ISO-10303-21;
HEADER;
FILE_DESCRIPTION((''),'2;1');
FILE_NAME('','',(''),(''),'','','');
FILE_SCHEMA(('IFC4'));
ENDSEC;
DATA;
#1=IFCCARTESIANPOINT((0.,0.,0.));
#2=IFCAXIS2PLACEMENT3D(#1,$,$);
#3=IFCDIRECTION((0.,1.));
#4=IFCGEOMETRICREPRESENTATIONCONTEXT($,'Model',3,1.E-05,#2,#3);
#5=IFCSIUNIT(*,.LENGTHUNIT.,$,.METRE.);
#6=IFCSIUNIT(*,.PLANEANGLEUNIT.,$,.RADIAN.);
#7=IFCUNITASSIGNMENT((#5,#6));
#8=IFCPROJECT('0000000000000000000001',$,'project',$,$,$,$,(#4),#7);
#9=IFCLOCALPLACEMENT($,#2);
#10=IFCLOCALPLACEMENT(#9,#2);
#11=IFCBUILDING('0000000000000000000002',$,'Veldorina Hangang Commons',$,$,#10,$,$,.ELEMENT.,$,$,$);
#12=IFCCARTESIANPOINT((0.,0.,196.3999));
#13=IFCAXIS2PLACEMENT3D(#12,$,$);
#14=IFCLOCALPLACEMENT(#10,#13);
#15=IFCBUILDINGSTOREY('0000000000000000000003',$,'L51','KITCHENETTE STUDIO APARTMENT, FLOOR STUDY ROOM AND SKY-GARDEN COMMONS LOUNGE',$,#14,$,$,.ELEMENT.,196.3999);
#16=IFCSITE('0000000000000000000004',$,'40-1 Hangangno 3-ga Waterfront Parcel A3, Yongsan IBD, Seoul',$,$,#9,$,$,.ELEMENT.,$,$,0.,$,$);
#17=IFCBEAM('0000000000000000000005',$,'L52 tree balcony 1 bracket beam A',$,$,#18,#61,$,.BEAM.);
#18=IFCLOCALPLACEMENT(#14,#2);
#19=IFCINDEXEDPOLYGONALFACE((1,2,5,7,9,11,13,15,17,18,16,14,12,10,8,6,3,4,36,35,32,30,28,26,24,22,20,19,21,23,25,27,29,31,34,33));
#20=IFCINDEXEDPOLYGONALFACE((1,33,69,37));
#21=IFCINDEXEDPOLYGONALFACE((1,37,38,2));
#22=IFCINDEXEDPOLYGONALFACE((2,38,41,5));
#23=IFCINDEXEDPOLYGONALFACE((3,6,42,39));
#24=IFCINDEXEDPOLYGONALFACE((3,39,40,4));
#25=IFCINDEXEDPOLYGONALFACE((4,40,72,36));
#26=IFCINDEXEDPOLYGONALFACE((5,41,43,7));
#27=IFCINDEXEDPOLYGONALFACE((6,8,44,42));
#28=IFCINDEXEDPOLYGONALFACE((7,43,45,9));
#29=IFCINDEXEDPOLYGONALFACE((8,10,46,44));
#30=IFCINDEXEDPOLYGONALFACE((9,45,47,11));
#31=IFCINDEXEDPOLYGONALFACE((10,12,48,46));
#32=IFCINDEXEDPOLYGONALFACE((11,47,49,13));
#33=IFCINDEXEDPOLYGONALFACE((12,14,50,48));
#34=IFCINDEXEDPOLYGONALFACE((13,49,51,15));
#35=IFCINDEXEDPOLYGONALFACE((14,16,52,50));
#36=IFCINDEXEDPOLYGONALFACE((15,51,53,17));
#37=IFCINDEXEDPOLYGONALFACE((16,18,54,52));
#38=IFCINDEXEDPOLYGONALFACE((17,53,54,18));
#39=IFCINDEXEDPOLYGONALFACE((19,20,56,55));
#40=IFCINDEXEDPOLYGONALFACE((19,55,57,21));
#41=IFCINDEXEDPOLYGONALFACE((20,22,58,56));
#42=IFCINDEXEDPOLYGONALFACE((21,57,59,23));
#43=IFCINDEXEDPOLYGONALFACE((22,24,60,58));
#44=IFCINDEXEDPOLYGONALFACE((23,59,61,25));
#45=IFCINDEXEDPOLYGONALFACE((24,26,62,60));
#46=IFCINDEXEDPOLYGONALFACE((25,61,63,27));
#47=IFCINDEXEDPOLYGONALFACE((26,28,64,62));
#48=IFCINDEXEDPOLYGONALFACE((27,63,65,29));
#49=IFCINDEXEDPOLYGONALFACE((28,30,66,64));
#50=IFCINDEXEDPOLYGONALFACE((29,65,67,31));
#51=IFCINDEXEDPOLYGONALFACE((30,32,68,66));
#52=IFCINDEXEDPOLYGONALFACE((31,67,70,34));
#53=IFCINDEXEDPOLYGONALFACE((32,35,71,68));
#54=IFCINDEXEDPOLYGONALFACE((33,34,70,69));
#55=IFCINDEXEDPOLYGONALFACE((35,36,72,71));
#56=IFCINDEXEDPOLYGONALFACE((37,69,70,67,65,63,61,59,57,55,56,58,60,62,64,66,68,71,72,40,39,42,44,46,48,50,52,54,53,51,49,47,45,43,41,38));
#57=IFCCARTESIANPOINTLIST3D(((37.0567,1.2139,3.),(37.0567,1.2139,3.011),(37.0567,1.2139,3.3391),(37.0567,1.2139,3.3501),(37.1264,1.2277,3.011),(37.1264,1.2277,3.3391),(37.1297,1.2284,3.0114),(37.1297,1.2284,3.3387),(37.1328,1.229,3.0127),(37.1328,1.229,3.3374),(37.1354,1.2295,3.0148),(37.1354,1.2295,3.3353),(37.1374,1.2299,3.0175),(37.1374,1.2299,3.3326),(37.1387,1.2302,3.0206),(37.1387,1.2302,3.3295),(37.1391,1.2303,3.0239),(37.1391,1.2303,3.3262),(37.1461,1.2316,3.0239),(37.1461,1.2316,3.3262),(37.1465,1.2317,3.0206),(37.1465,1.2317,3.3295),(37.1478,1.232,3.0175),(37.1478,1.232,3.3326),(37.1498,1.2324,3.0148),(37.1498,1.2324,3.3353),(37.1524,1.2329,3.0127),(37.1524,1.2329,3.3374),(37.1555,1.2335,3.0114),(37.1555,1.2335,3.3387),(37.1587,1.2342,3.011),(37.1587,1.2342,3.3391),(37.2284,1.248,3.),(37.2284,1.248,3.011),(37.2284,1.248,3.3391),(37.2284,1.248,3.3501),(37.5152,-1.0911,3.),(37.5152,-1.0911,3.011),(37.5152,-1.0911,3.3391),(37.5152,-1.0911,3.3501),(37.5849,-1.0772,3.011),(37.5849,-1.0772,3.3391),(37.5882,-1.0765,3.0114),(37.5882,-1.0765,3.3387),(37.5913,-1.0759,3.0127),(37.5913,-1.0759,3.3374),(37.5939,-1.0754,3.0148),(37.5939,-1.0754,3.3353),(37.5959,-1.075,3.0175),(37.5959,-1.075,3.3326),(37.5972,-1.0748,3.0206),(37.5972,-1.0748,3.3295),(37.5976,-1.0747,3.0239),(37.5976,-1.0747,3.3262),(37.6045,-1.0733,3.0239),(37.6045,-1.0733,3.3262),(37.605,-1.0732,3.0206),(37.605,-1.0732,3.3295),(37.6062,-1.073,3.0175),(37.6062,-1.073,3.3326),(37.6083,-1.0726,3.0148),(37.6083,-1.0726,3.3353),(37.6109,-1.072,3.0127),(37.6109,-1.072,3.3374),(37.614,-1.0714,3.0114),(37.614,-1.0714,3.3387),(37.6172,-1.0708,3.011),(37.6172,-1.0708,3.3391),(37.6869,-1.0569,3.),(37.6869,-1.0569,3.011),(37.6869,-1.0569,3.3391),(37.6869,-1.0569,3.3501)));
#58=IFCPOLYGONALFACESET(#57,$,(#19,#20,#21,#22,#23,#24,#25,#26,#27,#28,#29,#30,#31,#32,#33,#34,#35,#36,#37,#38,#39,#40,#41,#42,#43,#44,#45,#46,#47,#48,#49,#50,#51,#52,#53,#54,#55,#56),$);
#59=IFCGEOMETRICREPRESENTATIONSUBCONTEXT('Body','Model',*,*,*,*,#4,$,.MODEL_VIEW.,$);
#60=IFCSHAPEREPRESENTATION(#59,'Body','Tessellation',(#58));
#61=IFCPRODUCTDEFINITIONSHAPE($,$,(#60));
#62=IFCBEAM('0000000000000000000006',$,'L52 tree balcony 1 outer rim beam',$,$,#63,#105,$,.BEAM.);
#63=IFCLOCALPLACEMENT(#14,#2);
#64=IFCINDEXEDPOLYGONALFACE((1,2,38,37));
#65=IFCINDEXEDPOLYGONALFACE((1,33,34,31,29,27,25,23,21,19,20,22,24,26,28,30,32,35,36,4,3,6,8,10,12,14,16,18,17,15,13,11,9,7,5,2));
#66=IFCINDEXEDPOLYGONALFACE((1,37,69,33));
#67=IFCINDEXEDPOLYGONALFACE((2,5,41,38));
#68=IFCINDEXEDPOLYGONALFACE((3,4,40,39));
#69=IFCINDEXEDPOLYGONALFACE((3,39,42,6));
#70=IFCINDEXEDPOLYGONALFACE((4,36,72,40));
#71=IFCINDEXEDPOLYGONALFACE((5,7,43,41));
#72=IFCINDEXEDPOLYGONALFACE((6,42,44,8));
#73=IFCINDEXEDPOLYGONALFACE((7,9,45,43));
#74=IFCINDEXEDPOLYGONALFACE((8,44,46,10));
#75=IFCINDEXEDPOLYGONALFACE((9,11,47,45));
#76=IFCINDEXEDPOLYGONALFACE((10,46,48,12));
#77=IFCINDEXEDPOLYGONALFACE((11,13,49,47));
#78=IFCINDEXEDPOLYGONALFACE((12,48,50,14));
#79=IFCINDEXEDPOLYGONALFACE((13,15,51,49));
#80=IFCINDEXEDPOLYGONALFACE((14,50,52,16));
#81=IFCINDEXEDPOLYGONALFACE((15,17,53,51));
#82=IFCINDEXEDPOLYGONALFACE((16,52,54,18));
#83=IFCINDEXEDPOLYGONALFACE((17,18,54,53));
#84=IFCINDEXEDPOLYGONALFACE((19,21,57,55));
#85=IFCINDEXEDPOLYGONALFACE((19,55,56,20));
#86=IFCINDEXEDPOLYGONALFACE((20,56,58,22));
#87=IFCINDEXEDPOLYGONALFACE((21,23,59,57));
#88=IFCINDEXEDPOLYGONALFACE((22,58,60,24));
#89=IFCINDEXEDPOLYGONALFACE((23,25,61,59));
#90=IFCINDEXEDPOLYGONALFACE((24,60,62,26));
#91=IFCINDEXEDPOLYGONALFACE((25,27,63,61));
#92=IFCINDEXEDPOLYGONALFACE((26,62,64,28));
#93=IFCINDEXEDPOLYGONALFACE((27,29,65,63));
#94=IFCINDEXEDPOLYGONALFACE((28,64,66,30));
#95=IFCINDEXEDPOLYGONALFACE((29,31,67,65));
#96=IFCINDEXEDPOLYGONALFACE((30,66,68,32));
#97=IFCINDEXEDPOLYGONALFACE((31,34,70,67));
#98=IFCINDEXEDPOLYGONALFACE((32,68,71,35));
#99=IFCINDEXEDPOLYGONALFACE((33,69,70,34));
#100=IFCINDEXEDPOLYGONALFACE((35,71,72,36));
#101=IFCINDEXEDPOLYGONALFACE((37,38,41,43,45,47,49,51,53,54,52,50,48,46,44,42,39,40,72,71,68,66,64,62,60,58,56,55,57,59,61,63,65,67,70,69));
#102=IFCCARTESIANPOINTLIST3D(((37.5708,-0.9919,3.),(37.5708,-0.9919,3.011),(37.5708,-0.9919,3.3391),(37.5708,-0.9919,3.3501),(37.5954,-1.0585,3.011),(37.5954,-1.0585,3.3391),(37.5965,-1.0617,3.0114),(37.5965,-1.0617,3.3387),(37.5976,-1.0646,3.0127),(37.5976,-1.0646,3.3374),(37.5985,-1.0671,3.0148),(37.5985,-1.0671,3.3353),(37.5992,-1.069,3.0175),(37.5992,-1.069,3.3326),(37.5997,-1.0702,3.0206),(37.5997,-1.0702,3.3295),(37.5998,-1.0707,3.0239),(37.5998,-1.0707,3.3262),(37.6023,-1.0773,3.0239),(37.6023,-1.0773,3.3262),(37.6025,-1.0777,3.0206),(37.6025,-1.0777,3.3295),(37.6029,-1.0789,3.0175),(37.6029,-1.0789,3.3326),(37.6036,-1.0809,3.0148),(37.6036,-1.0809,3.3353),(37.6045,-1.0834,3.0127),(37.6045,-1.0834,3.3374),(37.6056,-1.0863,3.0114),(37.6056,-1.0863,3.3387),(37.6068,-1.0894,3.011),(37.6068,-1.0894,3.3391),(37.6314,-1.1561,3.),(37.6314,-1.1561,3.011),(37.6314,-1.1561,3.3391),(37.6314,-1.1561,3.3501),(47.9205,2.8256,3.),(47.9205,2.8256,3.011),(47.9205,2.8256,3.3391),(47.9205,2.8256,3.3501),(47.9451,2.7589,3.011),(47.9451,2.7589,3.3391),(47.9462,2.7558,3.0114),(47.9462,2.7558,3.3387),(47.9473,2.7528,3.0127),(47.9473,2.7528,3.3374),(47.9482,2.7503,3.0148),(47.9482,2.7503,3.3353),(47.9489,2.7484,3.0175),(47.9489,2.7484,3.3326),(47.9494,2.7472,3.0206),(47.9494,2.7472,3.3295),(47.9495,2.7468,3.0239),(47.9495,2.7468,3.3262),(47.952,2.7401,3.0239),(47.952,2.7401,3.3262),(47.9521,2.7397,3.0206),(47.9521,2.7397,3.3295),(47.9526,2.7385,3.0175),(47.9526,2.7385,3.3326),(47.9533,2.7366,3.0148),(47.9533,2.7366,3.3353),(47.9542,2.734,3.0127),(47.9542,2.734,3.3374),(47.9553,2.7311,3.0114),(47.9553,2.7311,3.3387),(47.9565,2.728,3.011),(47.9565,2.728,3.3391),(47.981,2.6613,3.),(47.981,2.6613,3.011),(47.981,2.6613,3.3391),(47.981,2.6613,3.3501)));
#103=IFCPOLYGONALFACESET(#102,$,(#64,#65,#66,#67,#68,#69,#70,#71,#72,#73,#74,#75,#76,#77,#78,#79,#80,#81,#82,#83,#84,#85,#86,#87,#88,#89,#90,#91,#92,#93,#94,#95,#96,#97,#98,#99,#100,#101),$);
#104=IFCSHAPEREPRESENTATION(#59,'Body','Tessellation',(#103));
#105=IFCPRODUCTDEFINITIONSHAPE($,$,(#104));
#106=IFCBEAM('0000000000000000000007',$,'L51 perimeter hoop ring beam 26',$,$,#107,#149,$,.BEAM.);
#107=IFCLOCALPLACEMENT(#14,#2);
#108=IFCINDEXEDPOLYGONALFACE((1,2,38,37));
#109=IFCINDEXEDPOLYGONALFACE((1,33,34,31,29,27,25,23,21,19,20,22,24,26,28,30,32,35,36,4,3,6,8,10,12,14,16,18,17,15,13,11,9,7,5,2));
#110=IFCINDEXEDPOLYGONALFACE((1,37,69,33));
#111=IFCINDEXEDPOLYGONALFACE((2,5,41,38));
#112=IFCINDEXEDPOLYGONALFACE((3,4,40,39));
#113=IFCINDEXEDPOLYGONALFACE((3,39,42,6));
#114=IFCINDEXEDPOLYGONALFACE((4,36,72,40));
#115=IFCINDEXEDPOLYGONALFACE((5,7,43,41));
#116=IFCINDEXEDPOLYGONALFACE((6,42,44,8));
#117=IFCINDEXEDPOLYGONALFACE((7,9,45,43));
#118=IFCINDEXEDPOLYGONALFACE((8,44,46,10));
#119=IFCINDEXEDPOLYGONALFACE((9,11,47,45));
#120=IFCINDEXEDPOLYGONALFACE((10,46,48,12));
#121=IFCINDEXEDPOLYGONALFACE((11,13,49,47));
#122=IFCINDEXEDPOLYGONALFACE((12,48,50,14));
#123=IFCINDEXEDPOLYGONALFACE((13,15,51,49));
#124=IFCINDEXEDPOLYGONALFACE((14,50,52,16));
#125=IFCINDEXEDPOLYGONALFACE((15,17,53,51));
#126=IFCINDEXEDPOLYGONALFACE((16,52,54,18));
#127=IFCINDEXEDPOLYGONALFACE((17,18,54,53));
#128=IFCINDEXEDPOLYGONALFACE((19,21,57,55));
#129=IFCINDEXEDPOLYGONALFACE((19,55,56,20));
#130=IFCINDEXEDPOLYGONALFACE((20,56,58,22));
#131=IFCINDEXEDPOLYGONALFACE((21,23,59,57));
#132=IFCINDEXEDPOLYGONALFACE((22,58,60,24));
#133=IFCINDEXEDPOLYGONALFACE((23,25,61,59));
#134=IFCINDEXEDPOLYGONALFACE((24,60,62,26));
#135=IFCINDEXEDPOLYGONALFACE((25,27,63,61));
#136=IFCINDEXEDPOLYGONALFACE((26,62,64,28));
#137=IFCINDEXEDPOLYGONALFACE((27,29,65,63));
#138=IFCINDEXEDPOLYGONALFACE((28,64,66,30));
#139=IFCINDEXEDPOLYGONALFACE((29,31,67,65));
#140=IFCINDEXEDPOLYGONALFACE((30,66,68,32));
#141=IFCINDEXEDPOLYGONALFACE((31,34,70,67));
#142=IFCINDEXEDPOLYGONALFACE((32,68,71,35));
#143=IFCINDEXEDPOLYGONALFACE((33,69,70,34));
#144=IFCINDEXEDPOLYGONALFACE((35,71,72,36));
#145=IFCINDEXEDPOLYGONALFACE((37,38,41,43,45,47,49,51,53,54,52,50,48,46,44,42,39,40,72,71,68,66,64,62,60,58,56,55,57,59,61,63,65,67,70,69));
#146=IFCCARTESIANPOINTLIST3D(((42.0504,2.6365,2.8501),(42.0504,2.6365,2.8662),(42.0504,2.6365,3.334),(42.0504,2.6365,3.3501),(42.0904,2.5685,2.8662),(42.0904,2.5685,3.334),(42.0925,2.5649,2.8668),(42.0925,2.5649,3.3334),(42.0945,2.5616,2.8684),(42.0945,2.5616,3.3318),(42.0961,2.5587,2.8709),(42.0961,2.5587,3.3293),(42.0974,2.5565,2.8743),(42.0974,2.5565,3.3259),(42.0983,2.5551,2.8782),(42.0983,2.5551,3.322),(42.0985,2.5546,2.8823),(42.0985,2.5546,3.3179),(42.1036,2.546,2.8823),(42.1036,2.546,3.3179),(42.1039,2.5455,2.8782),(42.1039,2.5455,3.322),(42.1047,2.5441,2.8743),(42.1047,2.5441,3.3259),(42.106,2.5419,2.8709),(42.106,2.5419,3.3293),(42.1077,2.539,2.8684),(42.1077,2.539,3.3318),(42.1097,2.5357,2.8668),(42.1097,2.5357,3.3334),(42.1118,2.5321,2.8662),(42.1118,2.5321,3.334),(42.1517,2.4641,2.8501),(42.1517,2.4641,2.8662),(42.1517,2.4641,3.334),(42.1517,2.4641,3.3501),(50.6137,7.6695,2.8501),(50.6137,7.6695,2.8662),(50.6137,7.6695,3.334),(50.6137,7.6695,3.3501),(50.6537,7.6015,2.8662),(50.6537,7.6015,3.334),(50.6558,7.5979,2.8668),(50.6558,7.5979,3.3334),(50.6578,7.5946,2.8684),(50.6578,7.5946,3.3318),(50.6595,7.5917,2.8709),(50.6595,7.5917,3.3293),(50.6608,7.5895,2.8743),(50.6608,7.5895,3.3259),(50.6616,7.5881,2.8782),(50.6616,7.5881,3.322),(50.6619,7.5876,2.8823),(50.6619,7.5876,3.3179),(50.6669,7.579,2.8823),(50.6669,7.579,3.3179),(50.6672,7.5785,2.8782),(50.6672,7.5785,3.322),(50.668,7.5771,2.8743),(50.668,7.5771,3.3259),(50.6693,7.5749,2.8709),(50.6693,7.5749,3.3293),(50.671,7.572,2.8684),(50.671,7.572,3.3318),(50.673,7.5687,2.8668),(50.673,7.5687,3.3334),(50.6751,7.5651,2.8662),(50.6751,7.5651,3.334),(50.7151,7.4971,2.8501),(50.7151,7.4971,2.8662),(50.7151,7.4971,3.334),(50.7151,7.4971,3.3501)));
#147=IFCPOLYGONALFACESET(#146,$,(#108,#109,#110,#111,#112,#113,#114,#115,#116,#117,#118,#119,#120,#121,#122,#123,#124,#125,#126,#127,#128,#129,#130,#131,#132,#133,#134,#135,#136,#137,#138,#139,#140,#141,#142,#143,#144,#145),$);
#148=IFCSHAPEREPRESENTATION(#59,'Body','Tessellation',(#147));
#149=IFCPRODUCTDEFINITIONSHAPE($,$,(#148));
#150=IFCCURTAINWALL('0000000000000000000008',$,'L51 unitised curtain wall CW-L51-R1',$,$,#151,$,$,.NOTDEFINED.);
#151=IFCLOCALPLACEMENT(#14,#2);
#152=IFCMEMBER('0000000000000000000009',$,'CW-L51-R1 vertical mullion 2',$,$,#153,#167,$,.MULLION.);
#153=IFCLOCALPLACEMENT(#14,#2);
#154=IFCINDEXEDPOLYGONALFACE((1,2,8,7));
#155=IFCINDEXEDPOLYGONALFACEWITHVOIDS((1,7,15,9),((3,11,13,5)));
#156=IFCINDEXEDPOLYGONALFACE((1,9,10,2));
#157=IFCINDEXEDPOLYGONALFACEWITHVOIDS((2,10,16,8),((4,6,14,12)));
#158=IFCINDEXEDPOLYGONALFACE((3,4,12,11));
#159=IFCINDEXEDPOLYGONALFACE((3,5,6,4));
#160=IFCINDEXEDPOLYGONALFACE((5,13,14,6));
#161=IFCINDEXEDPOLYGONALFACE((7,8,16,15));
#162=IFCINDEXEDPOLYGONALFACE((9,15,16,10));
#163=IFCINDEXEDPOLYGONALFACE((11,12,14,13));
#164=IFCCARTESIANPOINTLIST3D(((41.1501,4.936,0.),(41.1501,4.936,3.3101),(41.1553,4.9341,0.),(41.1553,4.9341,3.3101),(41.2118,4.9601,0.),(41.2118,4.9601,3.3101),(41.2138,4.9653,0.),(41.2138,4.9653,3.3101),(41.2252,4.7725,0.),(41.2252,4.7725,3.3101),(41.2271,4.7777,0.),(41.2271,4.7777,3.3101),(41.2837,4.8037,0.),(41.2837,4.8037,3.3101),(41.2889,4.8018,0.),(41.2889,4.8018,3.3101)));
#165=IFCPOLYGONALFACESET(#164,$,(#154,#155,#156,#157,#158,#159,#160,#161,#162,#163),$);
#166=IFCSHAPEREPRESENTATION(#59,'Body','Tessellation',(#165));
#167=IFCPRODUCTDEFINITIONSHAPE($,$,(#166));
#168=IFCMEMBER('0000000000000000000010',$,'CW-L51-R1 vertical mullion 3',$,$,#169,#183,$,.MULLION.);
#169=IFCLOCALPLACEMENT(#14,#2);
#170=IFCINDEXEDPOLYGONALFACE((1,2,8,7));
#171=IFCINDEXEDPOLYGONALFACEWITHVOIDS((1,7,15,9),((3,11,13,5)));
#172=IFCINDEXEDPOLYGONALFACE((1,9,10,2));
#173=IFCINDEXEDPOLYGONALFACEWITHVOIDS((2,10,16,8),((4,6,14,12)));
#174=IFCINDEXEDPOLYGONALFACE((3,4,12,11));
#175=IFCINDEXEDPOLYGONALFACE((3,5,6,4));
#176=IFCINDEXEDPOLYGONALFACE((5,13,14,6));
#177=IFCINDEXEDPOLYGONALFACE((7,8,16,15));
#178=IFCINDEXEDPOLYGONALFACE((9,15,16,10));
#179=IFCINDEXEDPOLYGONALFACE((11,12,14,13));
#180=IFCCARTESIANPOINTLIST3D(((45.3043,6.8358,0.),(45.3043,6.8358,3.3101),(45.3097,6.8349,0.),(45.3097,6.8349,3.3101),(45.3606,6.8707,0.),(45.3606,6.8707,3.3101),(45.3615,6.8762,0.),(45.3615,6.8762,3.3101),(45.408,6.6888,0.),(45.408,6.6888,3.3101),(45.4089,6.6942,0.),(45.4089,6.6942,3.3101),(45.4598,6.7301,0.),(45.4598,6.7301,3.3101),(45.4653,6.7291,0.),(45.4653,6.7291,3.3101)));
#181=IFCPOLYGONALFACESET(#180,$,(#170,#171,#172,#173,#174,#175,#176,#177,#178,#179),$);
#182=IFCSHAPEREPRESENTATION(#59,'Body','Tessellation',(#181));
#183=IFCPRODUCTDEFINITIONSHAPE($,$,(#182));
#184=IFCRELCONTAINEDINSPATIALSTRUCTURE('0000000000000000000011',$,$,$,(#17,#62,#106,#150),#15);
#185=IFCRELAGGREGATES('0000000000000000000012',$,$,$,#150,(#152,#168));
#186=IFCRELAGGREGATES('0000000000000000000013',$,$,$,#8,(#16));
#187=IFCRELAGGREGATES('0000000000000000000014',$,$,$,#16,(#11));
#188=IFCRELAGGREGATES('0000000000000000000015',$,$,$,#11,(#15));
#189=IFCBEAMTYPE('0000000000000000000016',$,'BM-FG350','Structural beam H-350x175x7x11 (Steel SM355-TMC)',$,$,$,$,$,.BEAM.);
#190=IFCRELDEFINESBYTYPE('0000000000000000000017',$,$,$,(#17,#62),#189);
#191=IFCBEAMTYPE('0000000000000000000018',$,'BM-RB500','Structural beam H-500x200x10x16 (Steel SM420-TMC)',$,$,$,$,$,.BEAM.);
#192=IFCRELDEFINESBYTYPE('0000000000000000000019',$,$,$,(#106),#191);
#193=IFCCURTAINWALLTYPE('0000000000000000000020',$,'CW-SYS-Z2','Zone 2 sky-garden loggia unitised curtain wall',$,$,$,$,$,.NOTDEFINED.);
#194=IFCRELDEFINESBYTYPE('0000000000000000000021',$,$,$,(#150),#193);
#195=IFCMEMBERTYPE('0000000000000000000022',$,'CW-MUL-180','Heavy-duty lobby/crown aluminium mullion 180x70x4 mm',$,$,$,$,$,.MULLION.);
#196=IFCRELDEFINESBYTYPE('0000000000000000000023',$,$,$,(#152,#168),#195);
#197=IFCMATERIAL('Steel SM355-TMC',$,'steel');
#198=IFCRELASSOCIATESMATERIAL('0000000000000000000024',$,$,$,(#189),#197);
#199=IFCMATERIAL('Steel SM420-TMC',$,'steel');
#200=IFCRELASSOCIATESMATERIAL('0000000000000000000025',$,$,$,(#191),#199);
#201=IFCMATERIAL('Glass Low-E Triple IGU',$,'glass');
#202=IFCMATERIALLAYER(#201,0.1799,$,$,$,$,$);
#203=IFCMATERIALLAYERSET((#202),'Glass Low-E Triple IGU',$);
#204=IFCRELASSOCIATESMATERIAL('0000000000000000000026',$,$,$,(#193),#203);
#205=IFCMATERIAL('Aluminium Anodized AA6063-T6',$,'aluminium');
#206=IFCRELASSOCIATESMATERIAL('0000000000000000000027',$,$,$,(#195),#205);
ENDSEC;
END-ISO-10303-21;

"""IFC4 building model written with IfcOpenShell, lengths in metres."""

from ifc_helpers import new_model, si_unit, direction, frame, origin, origin_2d, place, context, subcontext, project, spatial, hollow_rectangle, i_section, extrude, material, layer, layer_set, material_profile, profile_set, type_object, element, aggregate, save


model = new_model("IFC4")

# Units and contexts
model_context = context("Model", 3, precision=1e-05, world=origin(), true_north=direction((0.0, 1.0)))
body_context = subcontext(model_context, "Body", "Model", "MODEL_VIEW")
ifc_project = project(units=[si_unit("LENGTHUNIT", "METRE"), si_unit("PLANEANGLEUNIT", "RADIAN")], contexts=[model_context])

# Site, building, storey
site_placement = place(None, origin())
site = spatial("IfcSite", under=ifc_project, at=site_placement, Name="40-1 Hangangno 3-ga Waterfront Parcel A3, Yongsan IBD, Seoul", CompositionType="ELEMENT", RefElevation=0.0)
building_placement = place(site_placement, origin())
building = spatial("IfcBuilding", under=site, at=building_placement, Name="Veldorina Hangang Commons", CompositionType="ELEMENT")
storey_placement = place(building_placement, frame((0.0, 0.0, 196.3999)))
storey = spatial("IfcBuildingStorey", under=building, at=storey_placement, Name="L51", Description="KITCHENETTE STUDIO APARTMENT, FLOOR STUDY ROOM AND SKY-GARDEN COMMONS LOUNGE", CompositionType="ELEMENT", Elevation=196.3999)

# Beams
ifc_material_1 = material(Name="Steel SM355-TMC", Category="steel")
ifc_material_profile_1 = material_profile(ifc_material_1, i_section(OverallWidth=0.175, OverallDepth=0.3501, WebThickness=0.0071, FlangeThickness=0.011, FilletRadius=0.0129, at=origin_2d()), Name="H-350x175x7x11")
ifc_profile_set_1 = profile_set([ifc_material_profile_1], Name="Steel SM355-TMC")
beam_type_1 = type_object("IfcBeamType", Name="BM-FG350", Description="Structural beam H-350x175x7x11 (Steel SM355-TMC)", PredefinedType="BEAM", material=ifc_profile_set_1)
beam_1_placement = place(storey_placement, frame((37.1426, 1.231, 3.175), z_axis=(0.195097, -0.980784, 0.0), x_axis=(0.980784, 0.195097, 0.0)))
element("IfcBeam", 1, at=beam_1_placement, inside=storey, type_object=beam_type_1, Name="L52 tree balcony 1 bracket beam A", PredefinedType="BEAM", context=body_context, shape_type="SweptSolid", body=[
    extrude(i_section(OverallWidth=0.175, OverallDepth=0.3501, WebThickness=0.0071, FlangeThickness=0.011, FilletRadius=0.0129, at=origin_2d()), origin(), (0.0, 0.0, 1.0), 2.3501),
])
beam_2_placement = place(storey_placement, frame((37.6011, -1.074, 3.175), z_axis=(0.938215, 0.346054, 0.0), x_axis=(-0.346054, 0.938215, 0.0)))
element("IfcBeam", 2, at=beam_2_placement, inside=storey, type_object=beam_type_1, Name="L52 tree balcony 1 outer rim beam", PredefinedType="BEAM", context=body_context, shape_type="SweptSolid", body=[
    extrude(i_section(OverallWidth=0.175, OverallDepth=0.3501, WebThickness=0.0071, FlangeThickness=0.011, FilletRadius=0.0129, at=origin_2d()), origin(), (0.0, 0.0, 1.0), 11.0312),
])
ifc_material_2 = material(Name="Steel SM420-TMC", Category="steel")
ifc_material_profile_2 = material_profile(ifc_material_2, i_section(OverallWidth=0.2, OverallDepth=0.5, WebThickness=0.01, FlangeThickness=0.0161, FilletRadius=0.0161, at=origin_2d()), Name="H-500x200x10x16")
ifc_profile_set_2 = profile_set([ifc_material_profile_2], Name="Steel SM420-TMC")
beam_type_2 = type_object("IfcBeamType", Name="BM-RB500", Description="Structural beam H-500x200x10x16 (Steel SM420-TMC)", PredefinedType="BEAM", material=ifc_profile_set_2)
beam_3_placement = place(storey_placement, frame((42.1011, 2.5503, 3.1001), z_axis=(0.862121, 0.506703, 0.0), x_axis=(-0.506703, 0.862121, 0.0)))
element("IfcBeam", 3, at=beam_3_placement, inside=storey, type_object=beam_type_2, Name="L51 perimeter hoop ring beam 26", PredefinedType="BEAM", context=body_context, shape_type="SweptSolid", body=[
    extrude(i_section(OverallWidth=0.2, OverallDepth=0.5, WebThickness=0.01, FlangeThickness=0.0161, FilletRadius=0.0161, at=origin_2d()), origin(), (0.0, 0.0, 1.0), 9.9329),
])

# Curtain wall, members
ifc_material_3 = material(Name="Glass Low-E Triple IGU", Category="glass")
ifc_layer_1 = layer(ifc_material_3, 0.1799)
ifc_layer_set_1 = layer_set([ifc_layer_1], Name="Glass Low-E Triple IGU")
curtain_wall_type = type_object("IfcCurtainWallType", Name="CW-SYS-Z2", Description="Zone 2 sky-garden loggia unitised curtain wall", PredefinedType="NOTDEFINED", material=ifc_layer_set_1)
curtain_wall_placement = place(storey_placement, origin())
curtain_wall = element("IfcCurtainWall", 4, at=curtain_wall_placement, inside=storey, type_object=curtain_wall_type, Name="L51 unitised curtain wall CW-L51-R1", PredefinedType="NOTDEFINED")
ifc_material_4 = material(Name="Aluminium Anodized AA6063-T6", Category="aluminium")
ifc_material_profile_3 = material_profile(ifc_material_4, hollow_rectangle(XDim=0.0701, YDim=0.1799, WallThickness=0.0039, at=origin_2d()), Name="ALU-RHS-180x70x4")
ifc_profile_set_3 = profile_set([ifc_material_profile_3], Name="Aluminium Anodized AA6063-T6")
member_type_1 = type_object("IfcMemberType", Name="CW-MUL-180", Description="Heavy-duty lobby/crown aluminium mullion 180x70x4 mm", PredefinedType="MULLION", material=ifc_profile_set_3)
member_1_placement = place(storey_placement, frame((41.2195, 4.8689, 0.0), z_axis=(0.0, 0.0, 1.0), x_axis=(0.908683, 0.417486, 0.0)))
member_1 = element("IfcMember", 5, at=member_1_placement, type_object=member_type_1, Name="CW-L51-R1 vertical mullion 2", PredefinedType="MULLION", context=body_context, shape_type="SweptSolid", body=[
    extrude(hollow_rectangle(XDim=0.0701, YDim=0.1799, WallThickness=0.0039, at=origin_2d()), origin(), (0.0, 0.0, 1.0), 3.3101),
])
member_2_placement = place(storey_placement, frame((45.3848, 6.7825, 0.0), z_axis=(0.0, 0.0, 1.0), x_axis=(0.817165, 0.576404, 0.0)))
member_2 = element("IfcMember", 6, at=member_2_placement, type_object=member_type_1, Name="CW-L51-R1 vertical mullion 3", PredefinedType="MULLION", context=body_context, shape_type="SweptSolid", body=[
    extrude(hollow_rectangle(XDim=0.0701, YDim=0.1799, WallThickness=0.0039, at=origin_2d()), origin(), (0.0, 0.0, 1.0), 3.3101),
])

aggregate(curtain_wall, [member_1, member_2])

save(model, "model.ifc")
